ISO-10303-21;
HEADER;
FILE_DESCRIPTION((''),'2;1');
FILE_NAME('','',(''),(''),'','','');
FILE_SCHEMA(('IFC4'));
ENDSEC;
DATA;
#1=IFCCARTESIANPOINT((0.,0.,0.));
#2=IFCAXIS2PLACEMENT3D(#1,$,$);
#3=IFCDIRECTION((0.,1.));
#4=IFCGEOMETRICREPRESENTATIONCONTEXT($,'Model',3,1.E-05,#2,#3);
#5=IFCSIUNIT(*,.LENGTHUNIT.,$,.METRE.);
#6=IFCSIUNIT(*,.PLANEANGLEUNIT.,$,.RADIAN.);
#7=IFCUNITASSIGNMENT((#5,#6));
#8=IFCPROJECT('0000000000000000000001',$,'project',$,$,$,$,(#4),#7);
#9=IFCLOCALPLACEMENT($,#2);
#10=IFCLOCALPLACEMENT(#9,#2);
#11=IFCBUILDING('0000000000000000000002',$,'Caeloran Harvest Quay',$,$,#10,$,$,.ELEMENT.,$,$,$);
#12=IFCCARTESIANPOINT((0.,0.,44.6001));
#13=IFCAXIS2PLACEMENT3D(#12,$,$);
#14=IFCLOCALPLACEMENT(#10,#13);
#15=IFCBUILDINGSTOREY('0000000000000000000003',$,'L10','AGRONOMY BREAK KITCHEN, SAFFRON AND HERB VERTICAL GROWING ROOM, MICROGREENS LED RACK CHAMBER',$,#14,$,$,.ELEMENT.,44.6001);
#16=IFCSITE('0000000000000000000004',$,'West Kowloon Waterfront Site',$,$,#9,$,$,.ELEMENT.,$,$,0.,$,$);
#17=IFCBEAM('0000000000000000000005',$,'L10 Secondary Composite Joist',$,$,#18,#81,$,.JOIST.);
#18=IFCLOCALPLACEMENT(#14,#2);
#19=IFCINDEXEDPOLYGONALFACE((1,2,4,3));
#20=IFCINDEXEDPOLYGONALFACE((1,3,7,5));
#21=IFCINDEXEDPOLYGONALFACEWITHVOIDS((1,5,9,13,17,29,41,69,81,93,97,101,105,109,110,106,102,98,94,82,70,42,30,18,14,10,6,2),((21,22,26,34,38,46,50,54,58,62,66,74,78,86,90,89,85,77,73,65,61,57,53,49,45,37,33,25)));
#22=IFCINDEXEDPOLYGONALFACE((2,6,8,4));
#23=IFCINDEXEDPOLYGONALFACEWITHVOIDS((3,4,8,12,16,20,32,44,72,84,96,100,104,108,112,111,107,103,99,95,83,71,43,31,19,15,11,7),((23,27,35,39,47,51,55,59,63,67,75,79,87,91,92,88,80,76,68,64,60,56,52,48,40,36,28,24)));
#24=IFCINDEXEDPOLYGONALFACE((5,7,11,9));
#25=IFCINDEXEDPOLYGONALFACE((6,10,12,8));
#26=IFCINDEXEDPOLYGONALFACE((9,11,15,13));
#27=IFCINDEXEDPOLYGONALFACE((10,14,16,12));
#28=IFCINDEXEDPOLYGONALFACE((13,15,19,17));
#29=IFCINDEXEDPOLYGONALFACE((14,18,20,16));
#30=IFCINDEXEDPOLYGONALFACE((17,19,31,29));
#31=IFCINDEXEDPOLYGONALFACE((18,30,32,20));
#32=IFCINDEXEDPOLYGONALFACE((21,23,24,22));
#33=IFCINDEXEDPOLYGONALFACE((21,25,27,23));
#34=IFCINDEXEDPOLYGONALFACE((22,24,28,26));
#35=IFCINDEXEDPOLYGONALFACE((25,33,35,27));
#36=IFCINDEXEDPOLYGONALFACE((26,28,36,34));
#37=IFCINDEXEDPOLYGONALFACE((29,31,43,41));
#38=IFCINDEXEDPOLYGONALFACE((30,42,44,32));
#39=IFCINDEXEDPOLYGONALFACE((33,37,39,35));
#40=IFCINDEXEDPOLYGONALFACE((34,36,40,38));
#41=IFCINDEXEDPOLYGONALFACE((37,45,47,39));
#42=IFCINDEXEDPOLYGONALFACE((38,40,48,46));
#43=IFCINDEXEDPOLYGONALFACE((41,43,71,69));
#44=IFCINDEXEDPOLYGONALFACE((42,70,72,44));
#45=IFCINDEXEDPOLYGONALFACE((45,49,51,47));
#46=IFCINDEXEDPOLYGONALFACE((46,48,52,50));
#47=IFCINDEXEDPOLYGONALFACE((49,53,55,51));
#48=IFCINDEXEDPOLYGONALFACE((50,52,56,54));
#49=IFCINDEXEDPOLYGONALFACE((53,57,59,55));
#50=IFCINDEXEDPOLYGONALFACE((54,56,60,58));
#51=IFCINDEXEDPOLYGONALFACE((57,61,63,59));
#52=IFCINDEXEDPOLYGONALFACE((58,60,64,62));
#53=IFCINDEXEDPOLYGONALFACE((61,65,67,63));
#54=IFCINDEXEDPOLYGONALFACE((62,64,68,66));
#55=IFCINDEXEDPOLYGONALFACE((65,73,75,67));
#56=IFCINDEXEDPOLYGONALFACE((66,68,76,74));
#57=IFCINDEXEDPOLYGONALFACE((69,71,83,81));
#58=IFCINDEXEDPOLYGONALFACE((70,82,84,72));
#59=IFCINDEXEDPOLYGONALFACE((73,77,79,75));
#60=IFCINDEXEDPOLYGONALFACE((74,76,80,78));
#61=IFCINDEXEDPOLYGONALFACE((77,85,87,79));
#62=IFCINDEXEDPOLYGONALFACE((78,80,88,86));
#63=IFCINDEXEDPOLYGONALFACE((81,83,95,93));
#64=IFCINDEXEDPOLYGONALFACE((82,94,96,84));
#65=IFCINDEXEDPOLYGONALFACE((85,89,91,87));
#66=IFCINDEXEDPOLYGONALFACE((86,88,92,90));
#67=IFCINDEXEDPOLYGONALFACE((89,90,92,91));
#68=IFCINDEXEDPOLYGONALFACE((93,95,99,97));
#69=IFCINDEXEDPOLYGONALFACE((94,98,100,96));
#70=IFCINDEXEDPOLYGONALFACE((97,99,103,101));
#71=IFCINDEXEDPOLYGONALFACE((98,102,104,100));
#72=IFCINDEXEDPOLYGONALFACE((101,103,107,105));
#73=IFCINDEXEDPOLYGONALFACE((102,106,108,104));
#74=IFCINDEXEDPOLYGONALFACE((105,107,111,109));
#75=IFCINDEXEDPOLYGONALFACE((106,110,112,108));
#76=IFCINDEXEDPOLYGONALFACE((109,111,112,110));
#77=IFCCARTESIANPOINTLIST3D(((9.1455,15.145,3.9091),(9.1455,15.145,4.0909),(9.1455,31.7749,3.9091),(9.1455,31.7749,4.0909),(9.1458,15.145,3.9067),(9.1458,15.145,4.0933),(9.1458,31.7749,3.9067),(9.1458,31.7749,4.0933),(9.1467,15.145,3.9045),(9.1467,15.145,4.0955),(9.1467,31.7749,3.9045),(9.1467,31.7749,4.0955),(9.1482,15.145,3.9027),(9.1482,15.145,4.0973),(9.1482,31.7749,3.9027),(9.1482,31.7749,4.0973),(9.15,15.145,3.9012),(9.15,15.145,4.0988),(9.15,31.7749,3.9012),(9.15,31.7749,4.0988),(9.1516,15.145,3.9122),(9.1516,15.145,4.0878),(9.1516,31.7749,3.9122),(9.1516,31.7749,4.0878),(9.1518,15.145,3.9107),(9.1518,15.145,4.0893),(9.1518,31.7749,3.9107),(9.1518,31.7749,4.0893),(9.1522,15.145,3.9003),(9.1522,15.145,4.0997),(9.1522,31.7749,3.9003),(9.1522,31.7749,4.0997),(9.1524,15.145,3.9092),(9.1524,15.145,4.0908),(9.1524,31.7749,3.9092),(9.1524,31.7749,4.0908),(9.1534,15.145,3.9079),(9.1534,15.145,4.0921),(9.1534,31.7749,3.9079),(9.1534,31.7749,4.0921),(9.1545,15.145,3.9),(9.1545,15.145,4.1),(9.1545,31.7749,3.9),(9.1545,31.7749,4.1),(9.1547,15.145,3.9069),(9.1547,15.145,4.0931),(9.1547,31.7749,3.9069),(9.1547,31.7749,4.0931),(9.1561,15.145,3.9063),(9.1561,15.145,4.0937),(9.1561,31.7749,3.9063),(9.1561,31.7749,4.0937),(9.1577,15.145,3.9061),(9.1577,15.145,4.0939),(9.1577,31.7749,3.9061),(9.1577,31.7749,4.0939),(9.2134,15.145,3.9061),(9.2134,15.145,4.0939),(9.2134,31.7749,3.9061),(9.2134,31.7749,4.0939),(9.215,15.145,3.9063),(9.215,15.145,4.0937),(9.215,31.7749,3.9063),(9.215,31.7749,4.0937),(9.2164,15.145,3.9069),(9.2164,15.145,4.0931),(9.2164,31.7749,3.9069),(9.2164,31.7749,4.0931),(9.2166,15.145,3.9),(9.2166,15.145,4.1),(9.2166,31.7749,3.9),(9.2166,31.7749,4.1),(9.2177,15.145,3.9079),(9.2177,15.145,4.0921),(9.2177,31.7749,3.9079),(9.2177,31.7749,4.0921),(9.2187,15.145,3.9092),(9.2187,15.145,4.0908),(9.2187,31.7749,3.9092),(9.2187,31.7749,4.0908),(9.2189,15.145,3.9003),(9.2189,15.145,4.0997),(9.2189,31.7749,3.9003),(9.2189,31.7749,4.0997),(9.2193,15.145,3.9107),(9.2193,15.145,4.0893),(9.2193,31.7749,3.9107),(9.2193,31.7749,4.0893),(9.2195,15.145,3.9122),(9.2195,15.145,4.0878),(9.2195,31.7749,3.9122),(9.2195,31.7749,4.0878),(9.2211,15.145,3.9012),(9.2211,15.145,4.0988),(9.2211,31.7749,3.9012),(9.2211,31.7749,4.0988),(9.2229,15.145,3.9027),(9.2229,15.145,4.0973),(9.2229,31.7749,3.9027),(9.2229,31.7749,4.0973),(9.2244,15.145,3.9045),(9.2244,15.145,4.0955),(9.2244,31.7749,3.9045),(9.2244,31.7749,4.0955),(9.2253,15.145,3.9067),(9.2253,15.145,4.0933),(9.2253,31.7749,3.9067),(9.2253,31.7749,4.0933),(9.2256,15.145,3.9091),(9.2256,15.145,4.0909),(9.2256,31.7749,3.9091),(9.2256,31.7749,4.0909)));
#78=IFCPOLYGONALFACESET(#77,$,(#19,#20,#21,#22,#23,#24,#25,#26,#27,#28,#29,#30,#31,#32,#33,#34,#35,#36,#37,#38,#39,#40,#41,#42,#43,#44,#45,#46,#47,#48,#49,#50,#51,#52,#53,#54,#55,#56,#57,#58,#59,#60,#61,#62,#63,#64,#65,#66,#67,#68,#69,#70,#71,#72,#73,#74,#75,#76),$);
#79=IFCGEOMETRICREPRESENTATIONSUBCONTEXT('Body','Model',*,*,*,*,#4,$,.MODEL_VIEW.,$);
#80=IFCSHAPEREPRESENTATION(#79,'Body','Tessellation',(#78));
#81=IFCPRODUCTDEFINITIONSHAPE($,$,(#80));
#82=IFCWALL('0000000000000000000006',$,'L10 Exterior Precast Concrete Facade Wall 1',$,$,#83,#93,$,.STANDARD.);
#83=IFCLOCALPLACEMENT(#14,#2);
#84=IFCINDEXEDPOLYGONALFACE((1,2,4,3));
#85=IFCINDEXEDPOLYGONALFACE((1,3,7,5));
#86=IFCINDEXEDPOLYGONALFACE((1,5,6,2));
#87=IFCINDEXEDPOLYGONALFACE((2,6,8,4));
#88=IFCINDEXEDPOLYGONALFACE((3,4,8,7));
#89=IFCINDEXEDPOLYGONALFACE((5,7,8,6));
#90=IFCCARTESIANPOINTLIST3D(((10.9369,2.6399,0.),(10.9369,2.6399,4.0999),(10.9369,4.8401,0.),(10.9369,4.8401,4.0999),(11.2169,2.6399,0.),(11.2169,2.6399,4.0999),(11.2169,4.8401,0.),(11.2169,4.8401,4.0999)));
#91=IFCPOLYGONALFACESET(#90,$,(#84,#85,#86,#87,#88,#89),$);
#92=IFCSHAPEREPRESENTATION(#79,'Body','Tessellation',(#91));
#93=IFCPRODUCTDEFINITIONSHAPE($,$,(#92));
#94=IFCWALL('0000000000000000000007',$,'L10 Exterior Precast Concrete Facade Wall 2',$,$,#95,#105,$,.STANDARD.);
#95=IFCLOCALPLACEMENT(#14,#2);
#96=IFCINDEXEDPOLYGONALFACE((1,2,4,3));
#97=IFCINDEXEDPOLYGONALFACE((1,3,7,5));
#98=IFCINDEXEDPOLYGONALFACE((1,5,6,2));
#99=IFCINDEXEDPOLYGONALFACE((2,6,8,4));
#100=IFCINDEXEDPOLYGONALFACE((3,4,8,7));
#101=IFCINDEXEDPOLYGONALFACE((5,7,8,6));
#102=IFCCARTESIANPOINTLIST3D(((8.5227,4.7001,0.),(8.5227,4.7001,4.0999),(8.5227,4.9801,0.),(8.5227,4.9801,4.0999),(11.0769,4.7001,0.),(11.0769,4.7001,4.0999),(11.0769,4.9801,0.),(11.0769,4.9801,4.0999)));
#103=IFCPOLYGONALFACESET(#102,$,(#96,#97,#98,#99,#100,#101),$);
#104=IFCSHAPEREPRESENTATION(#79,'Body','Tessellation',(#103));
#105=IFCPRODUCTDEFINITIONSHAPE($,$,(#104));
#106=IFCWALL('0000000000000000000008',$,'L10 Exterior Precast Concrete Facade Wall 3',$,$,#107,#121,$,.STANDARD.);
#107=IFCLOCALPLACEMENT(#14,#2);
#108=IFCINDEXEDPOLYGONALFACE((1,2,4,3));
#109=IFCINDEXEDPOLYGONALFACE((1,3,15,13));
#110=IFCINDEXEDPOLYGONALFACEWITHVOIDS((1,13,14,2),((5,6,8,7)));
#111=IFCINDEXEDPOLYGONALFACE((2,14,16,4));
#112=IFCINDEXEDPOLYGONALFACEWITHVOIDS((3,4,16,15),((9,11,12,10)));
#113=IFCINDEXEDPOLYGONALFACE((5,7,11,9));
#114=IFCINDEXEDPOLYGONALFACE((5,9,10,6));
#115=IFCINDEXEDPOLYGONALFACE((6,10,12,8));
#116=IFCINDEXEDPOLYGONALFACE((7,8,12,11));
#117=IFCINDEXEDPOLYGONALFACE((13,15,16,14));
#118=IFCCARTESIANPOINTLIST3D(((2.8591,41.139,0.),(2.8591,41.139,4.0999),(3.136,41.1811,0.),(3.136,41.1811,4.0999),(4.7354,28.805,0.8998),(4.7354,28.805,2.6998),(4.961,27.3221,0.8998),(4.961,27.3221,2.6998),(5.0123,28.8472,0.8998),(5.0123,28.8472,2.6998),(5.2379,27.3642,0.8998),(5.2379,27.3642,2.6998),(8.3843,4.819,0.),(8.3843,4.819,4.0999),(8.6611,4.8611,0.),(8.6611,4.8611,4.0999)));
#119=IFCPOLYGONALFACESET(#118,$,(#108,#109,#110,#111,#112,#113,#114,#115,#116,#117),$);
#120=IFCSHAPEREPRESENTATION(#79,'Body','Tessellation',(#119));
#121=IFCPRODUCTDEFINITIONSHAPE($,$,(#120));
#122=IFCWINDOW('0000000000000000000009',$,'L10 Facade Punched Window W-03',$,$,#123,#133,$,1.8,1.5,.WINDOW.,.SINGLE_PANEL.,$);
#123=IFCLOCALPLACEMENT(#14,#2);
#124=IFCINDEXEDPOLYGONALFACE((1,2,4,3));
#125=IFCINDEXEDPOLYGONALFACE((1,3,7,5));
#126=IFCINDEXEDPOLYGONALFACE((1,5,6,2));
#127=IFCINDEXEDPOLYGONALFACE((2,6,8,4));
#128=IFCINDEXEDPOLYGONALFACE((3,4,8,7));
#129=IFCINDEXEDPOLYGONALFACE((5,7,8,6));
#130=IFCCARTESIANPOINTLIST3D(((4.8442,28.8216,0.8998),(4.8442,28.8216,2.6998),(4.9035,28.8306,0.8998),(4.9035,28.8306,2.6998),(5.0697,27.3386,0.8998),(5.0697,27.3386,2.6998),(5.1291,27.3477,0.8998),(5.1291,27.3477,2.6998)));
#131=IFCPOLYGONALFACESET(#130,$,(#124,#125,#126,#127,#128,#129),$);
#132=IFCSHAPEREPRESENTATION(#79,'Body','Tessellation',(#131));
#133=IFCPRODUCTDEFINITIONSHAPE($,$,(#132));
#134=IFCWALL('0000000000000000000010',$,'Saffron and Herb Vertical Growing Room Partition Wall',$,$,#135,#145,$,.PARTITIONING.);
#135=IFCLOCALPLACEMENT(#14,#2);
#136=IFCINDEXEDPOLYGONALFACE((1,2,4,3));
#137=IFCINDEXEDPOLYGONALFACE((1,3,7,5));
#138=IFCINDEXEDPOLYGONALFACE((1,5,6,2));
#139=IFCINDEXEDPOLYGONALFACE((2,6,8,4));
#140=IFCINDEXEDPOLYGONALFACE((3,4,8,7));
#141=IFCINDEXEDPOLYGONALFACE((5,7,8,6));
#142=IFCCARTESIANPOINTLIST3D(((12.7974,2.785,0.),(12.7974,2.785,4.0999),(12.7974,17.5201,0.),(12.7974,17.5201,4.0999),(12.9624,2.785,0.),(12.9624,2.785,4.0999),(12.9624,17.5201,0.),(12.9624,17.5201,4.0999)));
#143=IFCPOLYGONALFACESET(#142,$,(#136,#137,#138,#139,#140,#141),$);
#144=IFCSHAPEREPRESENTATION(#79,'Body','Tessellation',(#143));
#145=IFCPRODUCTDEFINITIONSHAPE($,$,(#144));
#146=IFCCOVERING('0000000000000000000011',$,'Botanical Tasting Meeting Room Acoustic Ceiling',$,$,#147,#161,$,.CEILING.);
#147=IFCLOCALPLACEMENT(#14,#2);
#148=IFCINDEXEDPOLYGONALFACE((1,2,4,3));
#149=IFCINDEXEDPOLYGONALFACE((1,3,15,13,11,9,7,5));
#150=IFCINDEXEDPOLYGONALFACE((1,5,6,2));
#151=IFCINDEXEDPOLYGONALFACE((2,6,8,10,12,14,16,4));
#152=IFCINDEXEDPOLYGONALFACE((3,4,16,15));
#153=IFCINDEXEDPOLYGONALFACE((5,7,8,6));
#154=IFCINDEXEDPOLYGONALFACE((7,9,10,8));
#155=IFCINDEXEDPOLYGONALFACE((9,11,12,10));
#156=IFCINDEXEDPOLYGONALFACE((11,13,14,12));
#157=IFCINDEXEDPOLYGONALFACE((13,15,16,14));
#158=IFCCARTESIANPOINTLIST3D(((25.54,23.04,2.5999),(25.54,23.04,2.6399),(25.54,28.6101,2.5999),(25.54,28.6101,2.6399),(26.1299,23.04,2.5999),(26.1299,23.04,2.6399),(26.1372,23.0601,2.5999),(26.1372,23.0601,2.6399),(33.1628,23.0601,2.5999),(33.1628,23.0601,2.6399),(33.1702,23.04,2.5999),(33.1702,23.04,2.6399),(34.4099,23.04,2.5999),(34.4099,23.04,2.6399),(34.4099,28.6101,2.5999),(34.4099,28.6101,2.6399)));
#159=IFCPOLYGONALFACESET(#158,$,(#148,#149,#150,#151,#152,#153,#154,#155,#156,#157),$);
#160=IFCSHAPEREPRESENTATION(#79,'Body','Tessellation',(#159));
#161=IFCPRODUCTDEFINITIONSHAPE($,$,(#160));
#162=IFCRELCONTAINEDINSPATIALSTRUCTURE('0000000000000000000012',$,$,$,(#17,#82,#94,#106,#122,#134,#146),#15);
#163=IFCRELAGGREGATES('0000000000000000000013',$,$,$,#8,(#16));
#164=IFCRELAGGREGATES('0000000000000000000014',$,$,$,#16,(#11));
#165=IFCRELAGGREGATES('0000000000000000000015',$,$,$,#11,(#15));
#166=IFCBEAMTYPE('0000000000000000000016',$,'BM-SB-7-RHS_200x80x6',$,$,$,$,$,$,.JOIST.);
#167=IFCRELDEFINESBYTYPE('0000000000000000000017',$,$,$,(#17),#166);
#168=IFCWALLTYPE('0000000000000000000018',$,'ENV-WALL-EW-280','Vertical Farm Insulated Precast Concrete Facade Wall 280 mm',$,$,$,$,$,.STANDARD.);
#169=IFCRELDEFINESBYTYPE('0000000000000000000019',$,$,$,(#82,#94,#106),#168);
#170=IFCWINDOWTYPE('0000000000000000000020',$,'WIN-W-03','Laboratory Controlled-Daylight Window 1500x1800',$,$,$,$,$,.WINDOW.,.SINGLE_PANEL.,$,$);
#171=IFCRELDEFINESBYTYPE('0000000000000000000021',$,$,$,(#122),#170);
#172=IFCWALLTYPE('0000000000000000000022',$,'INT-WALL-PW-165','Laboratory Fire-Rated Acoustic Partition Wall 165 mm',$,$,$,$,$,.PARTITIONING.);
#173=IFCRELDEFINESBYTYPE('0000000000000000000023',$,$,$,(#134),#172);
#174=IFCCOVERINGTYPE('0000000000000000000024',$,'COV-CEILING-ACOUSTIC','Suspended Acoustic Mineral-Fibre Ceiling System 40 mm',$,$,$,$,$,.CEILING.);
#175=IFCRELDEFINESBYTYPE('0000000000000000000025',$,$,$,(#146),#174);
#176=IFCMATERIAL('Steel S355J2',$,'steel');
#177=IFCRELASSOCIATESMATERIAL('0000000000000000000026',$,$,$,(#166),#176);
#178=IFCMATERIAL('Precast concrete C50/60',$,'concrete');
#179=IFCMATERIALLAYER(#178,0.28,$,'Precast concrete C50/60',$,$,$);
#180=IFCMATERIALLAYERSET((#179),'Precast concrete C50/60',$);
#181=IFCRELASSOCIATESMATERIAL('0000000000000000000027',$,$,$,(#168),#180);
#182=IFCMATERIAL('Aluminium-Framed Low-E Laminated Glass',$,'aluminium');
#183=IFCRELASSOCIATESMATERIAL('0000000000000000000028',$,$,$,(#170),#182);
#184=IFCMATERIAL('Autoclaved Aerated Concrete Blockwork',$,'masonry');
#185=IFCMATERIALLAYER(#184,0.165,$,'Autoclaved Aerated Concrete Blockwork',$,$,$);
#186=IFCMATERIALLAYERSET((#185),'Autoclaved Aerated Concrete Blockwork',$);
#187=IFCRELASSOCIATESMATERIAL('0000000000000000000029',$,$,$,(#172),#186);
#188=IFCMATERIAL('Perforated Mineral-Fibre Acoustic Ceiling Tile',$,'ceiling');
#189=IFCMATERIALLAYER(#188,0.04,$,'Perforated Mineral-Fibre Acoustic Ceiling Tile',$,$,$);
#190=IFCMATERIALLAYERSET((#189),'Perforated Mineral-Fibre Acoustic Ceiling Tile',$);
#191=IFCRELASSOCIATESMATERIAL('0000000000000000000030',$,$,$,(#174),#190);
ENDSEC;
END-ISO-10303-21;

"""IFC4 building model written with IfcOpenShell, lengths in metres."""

from ifc_helpers import new_model, si_unit, direction, frame, frame_2d, origin, origin_2d, place, context, subcontext, project, spatial, polyline, rectangle, hollow_rectangle, outline, extrude, material, layer, layer_set, material_profile, profile_set, type_object, element, fill, save


model = new_model("IFC4")

# Units and contexts
model_context = context("Model", 3, precision=1e-05, world=origin(), true_north=direction((0.0, 1.0)))
body_context = subcontext(model_context, "Body", "Model", "MODEL_VIEW")
ifc_project = project(units=[si_unit("LENGTHUNIT", "METRE"), si_unit("PLANEANGLEUNIT", "RADIAN")], contexts=[model_context])

# Site, building, storey
site_placement = place(None, origin())
site = spatial("IfcSite", under=ifc_project, at=site_placement, Name="West Kowloon Waterfront Site", CompositionType="ELEMENT", RefElevation=0.0)
building_placement = place(site_placement, origin())
building = spatial("IfcBuilding", under=site, at=building_placement, Name="Caeloran Harvest Quay", CompositionType="ELEMENT")
storey_placement = place(building_placement, frame((0.0, 0.0, 44.6001)))
storey = spatial("IfcBuildingStorey", under=building, at=storey_placement, Name="L10", Description="AGRONOMY BREAK KITCHEN, SAFFRON AND HERB VERTICAL GROWING ROOM, MICROGREENS LED RACK CHAMBER", CompositionType="ELEMENT", Elevation=44.6001)

# Beam
ifc_material_1 = material(Name="Steel S355J2", Category="steel")
ifc_material_profile_1 = material_profile(ifc_material_1, hollow_rectangle(XDim=0.0801, YDim=0.2, WallThickness=0.0061, InnerFilletRadius=0.0061, OuterFilletRadius=0.009, at=origin_2d()), Name="RHS 200x80x6")
ifc_profile_set_1 = profile_set([ifc_material_profile_1], Name="Steel S355J2")
beam_type_1 = type_object("IfcBeamType", Name="BM-SB-7-RHS_200x80x6", PredefinedType="JOIST", material=ifc_profile_set_1)
beam_1_placement = place(storey_placement, frame((9.1855, 15.145, 4.0), z_axis=(0.0, 1.0, 0.0), x_axis=(-1.0, 0.0, 0.0)))
element("IfcBeam", 1, at=beam_1_placement, inside=storey, type_object=beam_type_1, Name="L10 Secondary Composite Joist", PredefinedType="JOIST", context=body_context, shape_type="SweptSolid", body=[
    extrude(hollow_rectangle(XDim=0.0801, YDim=0.2, WallThickness=0.0061, InnerFilletRadius=0.0061, OuterFilletRadius=0.009, at=origin_2d()), origin(), (0.0, 0.0, 1.0), 16.6299),
])

# Walls
ifc_material_2 = material(Name="Precast concrete C50/60", Category="concrete")
ifc_layer_1 = layer(ifc_material_2, 0.28, Name="Precast concrete C50/60")
ifc_layer_set_1 = layer_set([ifc_layer_1], Name="Precast concrete C50/60")
wall_type_1 = type_object("IfcWallType", Name="ENV-WALL-EW-280", Description="Vertical Farm Insulated Precast Concrete Facade Wall 280 mm", PredefinedType="STANDARD", material=ifc_layer_set_1)
wall_1_placement = place(storey_placement, frame((11.0769, 2.6399, 0.0), z_axis=(0.0, 0.0, 1.0), x_axis=(0.0, 1.0, 0.0)))
element("IfcWall", 2, at=wall_1_placement, inside=storey, type_object=wall_type_1, Name="L10 Exterior Precast Concrete Facade Wall 1", PredefinedType="STANDARD", context=body_context, shape_type="SweptSolid", body=[
    extrude(rectangle(XDim=2.2002, YDim=0.28, at=frame_2d((1.1001, 0.0))), origin(), (0.0, 0.0, 1.0), 4.0999),
])
wall_2_placement = place(storey_placement, frame((11.0769, 4.8401, 0.0), z_axis=(0.0, 0.0, 1.0), x_axis=(-1.0, 0.0, 0.0)))
element("IfcWall", 3, at=wall_2_placement, inside=storey, type_object=wall_type_1, Name="L10 Exterior Precast Concrete Facade Wall 2", PredefinedType="STANDARD", context=body_context, shape_type="SweptSolid", body=[
    extrude(rectangle(XDim=2.5542, YDim=0.28, at=frame_2d((1.2771, 0.0))), origin(), (0.0, 0.0, 1.0), 4.0999),
])

# Wall, opening, window
wall_3_placement = place(storey_placement, frame((8.5227, 4.8401, 0.0), z_axis=(0.0, 0.0, 1.0), x_axis=(-0.150395, 0.988626, 0.0)))
wall_3 = element("IfcWall", 4, at=wall_3_placement, inside=storey, type_object=wall_type_1, Name="L10 Exterior Precast Concrete Facade Wall 3", PredefinedType="STANDARD", context=body_context, shape_type="SweptSolid", body=[
    extrude(rectangle(XDim=36.7378, YDim=0.28, at=frame_2d((18.3689, 0.0))), origin(), (0.0, 0.0, 1.0), 4.0999),
])
opening_placement = place(wall_3_placement, frame((22.762, 0.0, 0.8999)))
opening = element("IfcOpeningElement", 5, at=opening_placement, cuts=wall_3, PredefinedType="OPENING", context=body_context, shape_type="SweptSolid", body=[
    extrude(rectangle(XDim=1.5, YDim=1.8, at=frame_2d((0.75, 0.8999))), frame((0.0, 0.1499, 0.0), z_axis=(0.0, -1.0, 0.0), x_axis=(1.0, 0.0, 0.0)), (0.0, 0.0, 1.0), 0.3),
])
ifc_material_3 = material(Name="Aluminium-Framed Low-E Laminated Glass", Category="aluminium")
window_type = type_object("IfcWindowType", Name="WIN-W-03", Description="Laboratory Controlled-Daylight Window 1500x1800", PartitioningType="SINGLE_PANEL", PredefinedType="WINDOW", material=ifc_material_3)
window_placement = place(opening_placement, origin())
window = element("IfcWindow", 6, at=window_placement, inside=storey, type_object=window_type, Name="L10 Facade Punched Window W-03", OverallHeight=1.8, OverallWidth=1.5, PartitioningType="SINGLE_PANEL", PredefinedType="WINDOW", context=body_context, shape_type="SweptSolid", body=[
    extrude(rectangle(XDim=1.5, YDim=1.8, at=frame_2d((0.75, 0.8999))), frame((0.0, 0.03, 0.0), z_axis=(0.0, -1.0, 0.0), x_axis=(1.0, 0.0, 0.0)), (0.0, 0.0, 1.0), 0.0601),
])
fill(opening, window)

# Wall
ifc_material_4 = material(Name="Autoclaved Aerated Concrete Blockwork", Category="masonry")
ifc_layer_2 = layer(ifc_material_4, 0.165, Name="Autoclaved Aerated Concrete Blockwork")
ifc_layer_set_2 = layer_set([ifc_layer_2], Name="Autoclaved Aerated Concrete Blockwork")
wall_type_2 = type_object("IfcWallType", Name="INT-WALL-PW-165", Description="Laboratory Fire-Rated Acoustic Partition Wall 165 mm", PredefinedType="PARTITIONING", material=ifc_layer_set_2)
wall_4_placement = place(storey_placement, frame((12.8799, 2.7849, 0.0), z_axis=(0.0, 0.0, 1.0), x_axis=(0.0, 1.0, 0.0)))
element("IfcWall", 7, at=wall_4_placement, inside=storey, type_object=wall_type_2, Name="Saffron and Herb Vertical Growing Room Partition Wall", PredefinedType="PARTITIONING", context=body_context, shape_type="SweptSolid", body=[
    extrude(rectangle(XDim=14.7351, YDim=0.165, at=frame_2d((7.3677, 0.0))), origin(), (0.0, 0.0, 1.0), 4.0999),
])

# Covering
ifc_material_5 = material(Name="Perforated Mineral-Fibre Acoustic Ceiling Tile", Category="ceiling")
ifc_layer_3 = layer(ifc_material_5, 0.04, Name="Perforated Mineral-Fibre Acoustic Ceiling Tile")
ifc_layer_set_3 = layer_set([ifc_layer_3], Name="Perforated Mineral-Fibre Acoustic Ceiling Tile")
covering_type_1 = type_object("IfcCoveringType", Name="COV-CEILING-ACOUSTIC", Description="Suspended Acoustic Mineral-Fibre Ceiling System 40 mm", PredefinedType="CEILING", material=ifc_layer_set_3)
covering_1_placement = place(storey_placement, frame((0.0, 0.0, 2.5999)))
element("IfcCovering", 8, at=covering_1_placement, inside=storey, type_object=covering_type_1, Name="Botanical Tasting Meeting Room Acoustic Ceiling", PredefinedType="CEILING", context=body_context, shape_type="SweptSolid", body=[
    extrude(outline(polyline([(26.1372, 23.0601), (26.1299, 23.04), (25.54, 23.04), (25.54, 28.6101), (34.4099, 28.6101), (34.4099, 23.04), (33.1702, 23.04), (33.1628, 23.0601), (26.1372, 23.0601)])), origin(), (0.0, 0.0, 1.0), 0.04),
])

save(model, "model.ifc")
